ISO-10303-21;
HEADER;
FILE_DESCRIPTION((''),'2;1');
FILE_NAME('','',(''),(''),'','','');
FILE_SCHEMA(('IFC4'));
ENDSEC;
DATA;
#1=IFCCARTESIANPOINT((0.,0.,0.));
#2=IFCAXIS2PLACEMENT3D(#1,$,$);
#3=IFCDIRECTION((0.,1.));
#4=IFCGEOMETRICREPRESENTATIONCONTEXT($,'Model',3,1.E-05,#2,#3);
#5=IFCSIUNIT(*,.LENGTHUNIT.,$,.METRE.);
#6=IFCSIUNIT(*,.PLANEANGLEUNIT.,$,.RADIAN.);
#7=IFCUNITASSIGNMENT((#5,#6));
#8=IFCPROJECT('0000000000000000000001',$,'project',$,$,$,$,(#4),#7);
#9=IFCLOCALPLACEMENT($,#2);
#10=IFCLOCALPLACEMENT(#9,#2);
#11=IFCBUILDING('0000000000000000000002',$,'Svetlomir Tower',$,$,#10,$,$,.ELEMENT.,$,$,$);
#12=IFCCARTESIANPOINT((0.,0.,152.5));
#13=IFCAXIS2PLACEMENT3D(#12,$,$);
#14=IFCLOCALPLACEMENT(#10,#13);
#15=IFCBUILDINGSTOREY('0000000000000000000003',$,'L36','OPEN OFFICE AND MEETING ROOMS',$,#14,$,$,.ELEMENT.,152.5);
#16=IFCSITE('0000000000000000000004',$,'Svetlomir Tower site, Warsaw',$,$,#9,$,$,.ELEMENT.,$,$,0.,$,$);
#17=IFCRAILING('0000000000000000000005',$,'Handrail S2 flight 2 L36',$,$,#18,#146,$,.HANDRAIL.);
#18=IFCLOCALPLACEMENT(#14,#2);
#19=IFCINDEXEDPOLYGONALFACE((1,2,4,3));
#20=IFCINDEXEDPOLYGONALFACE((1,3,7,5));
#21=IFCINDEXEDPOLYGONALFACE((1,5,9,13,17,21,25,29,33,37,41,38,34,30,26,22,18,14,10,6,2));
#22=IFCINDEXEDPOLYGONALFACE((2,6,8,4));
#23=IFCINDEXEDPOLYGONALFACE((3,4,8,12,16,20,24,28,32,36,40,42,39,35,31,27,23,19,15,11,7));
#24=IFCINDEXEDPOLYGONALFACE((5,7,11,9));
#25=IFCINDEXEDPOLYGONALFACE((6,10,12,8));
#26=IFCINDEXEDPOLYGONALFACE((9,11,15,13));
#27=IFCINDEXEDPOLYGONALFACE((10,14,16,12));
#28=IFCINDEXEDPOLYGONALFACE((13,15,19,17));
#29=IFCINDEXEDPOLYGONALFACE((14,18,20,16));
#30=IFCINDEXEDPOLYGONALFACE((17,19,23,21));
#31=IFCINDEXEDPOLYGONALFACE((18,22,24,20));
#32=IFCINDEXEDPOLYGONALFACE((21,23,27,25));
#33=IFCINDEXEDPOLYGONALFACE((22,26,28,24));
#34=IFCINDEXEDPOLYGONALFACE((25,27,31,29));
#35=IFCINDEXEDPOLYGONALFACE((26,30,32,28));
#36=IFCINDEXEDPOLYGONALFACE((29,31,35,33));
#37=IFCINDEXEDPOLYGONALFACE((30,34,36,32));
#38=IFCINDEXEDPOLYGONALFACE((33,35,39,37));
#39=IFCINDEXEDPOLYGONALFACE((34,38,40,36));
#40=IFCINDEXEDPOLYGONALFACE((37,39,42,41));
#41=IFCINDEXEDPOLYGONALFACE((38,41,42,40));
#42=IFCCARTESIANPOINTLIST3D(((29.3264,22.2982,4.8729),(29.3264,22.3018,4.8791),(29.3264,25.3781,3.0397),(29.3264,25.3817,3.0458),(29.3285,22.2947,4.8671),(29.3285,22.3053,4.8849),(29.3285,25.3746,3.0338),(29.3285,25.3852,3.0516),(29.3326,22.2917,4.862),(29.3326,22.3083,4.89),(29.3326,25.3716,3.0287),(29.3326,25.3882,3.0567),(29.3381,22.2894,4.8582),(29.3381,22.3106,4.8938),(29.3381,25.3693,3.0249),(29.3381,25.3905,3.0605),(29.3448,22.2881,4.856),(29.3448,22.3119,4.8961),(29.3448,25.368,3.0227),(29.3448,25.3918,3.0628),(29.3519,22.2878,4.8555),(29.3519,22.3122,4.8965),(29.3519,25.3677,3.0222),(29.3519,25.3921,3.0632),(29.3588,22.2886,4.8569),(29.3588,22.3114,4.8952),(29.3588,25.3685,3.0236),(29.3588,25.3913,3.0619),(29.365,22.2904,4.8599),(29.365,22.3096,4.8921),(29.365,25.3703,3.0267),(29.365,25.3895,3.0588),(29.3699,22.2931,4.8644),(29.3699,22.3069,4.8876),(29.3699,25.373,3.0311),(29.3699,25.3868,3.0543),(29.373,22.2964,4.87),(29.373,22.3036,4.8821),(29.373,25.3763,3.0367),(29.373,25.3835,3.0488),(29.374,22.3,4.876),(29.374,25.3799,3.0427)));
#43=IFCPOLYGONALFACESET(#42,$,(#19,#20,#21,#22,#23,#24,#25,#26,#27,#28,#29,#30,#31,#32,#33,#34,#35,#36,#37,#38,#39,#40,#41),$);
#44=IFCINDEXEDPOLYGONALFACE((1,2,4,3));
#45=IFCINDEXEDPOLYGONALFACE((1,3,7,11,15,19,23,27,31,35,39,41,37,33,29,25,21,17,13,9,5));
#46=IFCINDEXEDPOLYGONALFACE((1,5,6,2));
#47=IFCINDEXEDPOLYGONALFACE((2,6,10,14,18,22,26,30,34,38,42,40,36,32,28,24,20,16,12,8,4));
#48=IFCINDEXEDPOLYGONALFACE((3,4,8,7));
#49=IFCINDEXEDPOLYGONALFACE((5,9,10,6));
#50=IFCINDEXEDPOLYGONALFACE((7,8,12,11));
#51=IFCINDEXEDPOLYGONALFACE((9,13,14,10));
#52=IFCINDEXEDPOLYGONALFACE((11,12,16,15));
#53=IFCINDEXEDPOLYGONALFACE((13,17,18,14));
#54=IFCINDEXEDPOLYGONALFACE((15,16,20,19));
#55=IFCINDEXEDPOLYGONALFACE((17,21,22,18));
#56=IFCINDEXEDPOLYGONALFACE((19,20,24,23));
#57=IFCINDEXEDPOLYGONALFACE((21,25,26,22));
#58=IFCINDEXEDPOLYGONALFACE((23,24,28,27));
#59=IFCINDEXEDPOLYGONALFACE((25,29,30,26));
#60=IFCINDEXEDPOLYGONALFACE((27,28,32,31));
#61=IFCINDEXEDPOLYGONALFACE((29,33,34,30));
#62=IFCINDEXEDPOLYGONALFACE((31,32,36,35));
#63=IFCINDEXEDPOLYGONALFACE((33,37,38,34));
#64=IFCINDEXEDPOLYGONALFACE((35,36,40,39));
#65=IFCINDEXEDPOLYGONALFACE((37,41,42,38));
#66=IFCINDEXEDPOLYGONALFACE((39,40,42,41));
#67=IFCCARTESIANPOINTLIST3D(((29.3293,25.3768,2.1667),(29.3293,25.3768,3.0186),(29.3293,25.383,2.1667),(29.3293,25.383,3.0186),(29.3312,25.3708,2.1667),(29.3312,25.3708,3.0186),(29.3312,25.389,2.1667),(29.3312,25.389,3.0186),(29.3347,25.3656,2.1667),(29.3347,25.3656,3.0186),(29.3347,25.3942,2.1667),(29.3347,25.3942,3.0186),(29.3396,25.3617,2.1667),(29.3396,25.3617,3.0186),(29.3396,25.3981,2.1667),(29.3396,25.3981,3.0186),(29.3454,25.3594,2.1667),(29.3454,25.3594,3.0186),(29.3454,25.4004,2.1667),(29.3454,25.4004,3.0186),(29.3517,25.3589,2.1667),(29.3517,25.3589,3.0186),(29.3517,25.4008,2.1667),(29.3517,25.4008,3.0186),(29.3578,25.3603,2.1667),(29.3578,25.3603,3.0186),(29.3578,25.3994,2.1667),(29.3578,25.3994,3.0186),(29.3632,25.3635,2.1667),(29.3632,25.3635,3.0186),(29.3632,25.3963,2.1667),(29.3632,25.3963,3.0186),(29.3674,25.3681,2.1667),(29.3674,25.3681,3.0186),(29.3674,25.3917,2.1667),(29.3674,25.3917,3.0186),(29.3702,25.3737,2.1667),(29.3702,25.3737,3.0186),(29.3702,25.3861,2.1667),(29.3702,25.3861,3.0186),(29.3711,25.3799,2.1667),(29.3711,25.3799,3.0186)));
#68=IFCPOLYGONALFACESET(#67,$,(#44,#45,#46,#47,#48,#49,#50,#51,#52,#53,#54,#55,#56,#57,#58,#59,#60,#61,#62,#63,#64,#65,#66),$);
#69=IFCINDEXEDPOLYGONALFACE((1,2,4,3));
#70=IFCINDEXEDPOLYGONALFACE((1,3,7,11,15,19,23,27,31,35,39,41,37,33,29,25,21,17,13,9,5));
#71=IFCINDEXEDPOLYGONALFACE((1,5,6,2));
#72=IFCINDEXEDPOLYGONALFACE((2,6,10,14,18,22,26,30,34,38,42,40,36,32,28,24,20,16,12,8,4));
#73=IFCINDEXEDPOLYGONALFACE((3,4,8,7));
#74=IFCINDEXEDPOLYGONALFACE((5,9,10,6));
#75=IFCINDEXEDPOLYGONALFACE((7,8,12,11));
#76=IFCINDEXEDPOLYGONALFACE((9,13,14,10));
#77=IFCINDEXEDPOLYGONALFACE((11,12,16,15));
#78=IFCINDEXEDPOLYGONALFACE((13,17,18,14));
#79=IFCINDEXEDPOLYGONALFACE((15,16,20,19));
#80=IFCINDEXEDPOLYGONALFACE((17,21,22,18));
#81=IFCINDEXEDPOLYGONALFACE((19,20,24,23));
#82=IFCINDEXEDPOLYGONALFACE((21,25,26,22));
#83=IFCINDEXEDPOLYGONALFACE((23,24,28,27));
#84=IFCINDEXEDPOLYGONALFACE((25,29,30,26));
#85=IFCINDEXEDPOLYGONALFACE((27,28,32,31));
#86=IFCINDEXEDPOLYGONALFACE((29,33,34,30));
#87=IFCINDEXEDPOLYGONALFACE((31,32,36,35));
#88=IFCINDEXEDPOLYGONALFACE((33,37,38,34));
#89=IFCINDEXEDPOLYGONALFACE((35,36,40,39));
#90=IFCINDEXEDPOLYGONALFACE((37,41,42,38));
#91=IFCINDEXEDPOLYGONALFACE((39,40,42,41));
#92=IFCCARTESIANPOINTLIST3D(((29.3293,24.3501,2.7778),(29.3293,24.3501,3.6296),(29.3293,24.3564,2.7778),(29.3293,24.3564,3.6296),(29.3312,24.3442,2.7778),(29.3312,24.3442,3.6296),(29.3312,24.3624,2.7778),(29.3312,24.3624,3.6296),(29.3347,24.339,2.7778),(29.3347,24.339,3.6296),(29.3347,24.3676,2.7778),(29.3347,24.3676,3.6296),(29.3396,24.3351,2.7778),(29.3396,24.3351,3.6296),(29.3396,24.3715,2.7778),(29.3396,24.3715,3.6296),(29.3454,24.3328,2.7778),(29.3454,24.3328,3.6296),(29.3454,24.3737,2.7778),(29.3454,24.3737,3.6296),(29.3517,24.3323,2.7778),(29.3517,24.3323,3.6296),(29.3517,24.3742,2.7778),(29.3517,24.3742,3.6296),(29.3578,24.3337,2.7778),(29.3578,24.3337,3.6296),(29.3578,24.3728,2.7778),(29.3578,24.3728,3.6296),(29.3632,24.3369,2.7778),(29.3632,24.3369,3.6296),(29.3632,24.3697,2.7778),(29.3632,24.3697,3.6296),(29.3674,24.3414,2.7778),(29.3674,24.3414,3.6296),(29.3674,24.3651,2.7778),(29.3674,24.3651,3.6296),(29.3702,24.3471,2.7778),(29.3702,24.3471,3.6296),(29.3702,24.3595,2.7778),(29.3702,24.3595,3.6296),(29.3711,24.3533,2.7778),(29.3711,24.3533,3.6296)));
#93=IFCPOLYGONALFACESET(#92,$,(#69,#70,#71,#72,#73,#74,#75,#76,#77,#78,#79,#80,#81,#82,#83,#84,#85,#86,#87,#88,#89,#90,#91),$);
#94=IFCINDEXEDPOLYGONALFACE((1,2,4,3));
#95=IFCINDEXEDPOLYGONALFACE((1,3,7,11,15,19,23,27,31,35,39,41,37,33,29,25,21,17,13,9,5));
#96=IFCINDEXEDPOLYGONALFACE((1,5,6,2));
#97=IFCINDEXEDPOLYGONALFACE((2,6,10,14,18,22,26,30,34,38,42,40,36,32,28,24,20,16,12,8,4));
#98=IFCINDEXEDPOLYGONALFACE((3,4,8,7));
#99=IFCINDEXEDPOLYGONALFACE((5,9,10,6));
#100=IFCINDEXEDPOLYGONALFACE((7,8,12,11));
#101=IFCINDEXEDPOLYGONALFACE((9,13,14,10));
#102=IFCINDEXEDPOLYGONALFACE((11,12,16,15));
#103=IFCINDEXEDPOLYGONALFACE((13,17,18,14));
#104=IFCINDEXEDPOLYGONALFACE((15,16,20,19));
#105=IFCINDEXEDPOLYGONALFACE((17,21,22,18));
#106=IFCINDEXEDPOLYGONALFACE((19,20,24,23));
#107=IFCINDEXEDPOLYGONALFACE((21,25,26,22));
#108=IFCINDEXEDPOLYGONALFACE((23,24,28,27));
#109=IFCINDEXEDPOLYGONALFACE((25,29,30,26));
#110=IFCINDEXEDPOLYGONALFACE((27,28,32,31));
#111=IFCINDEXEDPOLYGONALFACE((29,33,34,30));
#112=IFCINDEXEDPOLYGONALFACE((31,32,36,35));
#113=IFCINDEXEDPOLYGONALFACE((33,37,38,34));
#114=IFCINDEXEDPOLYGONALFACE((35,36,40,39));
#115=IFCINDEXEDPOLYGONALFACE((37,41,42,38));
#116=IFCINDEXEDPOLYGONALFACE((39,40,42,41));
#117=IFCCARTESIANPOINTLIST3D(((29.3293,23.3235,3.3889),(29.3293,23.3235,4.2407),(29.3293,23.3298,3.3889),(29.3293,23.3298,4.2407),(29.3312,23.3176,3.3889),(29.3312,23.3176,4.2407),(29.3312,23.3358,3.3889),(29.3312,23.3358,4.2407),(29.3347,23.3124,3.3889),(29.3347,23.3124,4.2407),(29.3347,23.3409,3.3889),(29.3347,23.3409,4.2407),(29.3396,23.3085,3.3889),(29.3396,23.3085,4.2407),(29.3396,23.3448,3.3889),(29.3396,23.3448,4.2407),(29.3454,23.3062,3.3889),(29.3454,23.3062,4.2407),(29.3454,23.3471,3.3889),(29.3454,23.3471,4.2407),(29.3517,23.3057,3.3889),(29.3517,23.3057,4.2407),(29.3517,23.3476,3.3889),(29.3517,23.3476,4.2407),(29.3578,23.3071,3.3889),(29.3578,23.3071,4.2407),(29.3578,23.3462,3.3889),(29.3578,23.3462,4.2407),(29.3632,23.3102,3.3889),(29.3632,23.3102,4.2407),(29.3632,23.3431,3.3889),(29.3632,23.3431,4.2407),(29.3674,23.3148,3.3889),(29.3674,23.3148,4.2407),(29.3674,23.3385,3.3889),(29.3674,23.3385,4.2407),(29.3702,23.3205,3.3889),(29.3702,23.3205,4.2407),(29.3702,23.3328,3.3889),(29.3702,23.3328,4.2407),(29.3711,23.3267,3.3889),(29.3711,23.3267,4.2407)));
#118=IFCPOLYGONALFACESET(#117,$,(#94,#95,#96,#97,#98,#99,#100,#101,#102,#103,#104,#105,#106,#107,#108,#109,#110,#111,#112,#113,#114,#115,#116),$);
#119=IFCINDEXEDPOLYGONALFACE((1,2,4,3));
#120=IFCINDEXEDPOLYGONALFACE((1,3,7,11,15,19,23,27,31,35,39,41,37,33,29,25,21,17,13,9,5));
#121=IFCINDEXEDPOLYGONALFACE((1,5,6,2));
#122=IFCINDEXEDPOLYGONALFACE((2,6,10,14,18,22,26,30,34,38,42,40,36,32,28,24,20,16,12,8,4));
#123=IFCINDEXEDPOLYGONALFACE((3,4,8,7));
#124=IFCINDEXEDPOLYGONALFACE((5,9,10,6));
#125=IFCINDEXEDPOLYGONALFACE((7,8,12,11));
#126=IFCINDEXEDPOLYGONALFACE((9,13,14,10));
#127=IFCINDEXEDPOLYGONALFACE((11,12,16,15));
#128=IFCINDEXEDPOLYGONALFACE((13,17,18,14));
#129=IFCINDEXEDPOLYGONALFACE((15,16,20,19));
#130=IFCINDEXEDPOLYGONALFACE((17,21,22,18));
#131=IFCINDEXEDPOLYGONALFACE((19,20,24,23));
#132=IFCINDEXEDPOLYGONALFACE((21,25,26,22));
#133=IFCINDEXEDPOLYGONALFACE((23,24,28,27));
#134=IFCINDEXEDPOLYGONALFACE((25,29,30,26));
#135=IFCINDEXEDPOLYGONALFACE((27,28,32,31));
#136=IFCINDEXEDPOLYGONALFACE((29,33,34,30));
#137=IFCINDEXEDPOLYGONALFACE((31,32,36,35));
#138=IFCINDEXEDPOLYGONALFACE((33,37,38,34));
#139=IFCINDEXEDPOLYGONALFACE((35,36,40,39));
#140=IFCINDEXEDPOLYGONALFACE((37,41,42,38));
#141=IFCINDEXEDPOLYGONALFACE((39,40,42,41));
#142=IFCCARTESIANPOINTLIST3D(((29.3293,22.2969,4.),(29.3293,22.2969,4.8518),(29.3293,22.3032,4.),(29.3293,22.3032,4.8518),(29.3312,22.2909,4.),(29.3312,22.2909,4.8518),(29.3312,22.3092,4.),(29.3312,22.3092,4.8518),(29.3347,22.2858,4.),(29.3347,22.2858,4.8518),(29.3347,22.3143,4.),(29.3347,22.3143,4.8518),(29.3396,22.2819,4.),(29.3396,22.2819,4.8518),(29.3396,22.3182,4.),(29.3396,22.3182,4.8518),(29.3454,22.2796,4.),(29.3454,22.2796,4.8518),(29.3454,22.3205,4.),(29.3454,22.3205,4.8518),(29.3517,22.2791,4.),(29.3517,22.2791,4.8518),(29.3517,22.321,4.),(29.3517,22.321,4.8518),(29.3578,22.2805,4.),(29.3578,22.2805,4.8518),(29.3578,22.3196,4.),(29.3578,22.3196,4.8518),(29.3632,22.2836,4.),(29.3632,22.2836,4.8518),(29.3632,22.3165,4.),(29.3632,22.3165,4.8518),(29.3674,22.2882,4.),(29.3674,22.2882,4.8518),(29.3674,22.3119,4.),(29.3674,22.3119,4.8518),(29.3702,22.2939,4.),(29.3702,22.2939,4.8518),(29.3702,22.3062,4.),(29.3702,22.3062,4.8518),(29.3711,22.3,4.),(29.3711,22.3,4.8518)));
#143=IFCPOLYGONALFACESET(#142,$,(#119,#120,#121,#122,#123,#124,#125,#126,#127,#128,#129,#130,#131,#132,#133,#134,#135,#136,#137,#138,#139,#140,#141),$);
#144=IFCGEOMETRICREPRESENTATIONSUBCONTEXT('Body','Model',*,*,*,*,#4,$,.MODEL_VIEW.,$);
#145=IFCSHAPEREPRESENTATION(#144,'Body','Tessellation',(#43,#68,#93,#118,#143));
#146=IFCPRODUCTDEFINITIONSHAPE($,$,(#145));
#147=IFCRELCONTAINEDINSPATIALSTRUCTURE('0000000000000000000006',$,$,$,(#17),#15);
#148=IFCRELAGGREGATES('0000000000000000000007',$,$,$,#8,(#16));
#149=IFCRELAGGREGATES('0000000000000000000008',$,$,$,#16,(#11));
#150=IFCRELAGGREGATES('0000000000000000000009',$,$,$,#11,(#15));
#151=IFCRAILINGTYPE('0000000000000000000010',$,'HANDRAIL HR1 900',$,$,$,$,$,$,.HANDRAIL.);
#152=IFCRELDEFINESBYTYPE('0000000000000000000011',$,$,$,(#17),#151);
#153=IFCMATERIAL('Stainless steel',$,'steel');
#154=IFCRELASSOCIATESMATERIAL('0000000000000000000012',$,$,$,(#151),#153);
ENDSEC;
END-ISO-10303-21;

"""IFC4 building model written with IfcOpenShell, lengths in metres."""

from ifc_helpers import new_model, si_unit, direction, frame, origin, origin_2d, place, context, subcontext, project, spatial, circle, extrude, material, type_object, element, save


model = new_model("IFC4")

# Units and contexts
model_context = context("Model", 3, precision=1e-05, world=origin(), true_north=direction((0.0, 1.0)))
body_context = subcontext(model_context, "Body", "Model", "MODEL_VIEW")
ifc_project = project(units=[si_unit("LENGTHUNIT", "METRE"), si_unit("PLANEANGLEUNIT", "RADIAN")], contexts=[model_context])

# Site, building, storey
site_placement = place(None, origin())
site = spatial("IfcSite", under=ifc_project, at=site_placement, Name="Svetlomir Tower site, Warsaw", CompositionType="ELEMENT", RefElevation=0.0)
building_placement = place(site_placement, origin())
building = spatial("IfcBuilding", under=site, at=building_placement, Name="Svetlomir Tower", CompositionType="ELEMENT")
storey_placement = place(building_placement, frame((0.0, 0.0, 152.5)))
storey = spatial("IfcBuildingStorey", under=building, at=storey_placement, Name="L36", Description="OPEN OFFICE AND MEETING ROOMS", CompositionType="ELEMENT", Elevation=152.5)

# Railing
ifc_material_1 = material(Name="Stainless steel", Category="steel")
railing_type = type_object("IfcRailingType", Name="HANDRAIL HR1 900", PredefinedType="HANDRAIL", material=ifc_material_1)
railing_1_placement = place(storey_placement, frame((29.3501, 25.3799, 2.1667)))
element("IfcRailing", 1, at=railing_1_placement, inside=storey, type_object=railing_type, Name="Handrail S2 flight 2 L36", PredefinedType="HANDRAIL", context=body_context, shape_type="SweptSolid", body=[
    extrude(circle(Radius=0.0239, at=origin_2d()), frame((0.0, 0.0, 0.876), z_axis=(0.0, -0.859291, 0.511487), x_axis=(1.0, 0.0, 0.0)), (0.0, 0.0, 1.0), 3.5842),
    extrude(circle(Radius=0.021, at=origin_2d()), origin(), (0.0, 0.0, 1.0), 0.8518),
    extrude(circle(Radius=0.021, at=origin_2d()), frame((0.0, -1.0266, 0.6111)), (0.0, 0.0, 1.0), 0.8518),
    extrude(circle(Radius=0.021, at=origin_2d()), frame((0.0, -2.0532, 1.2222)), (0.0, 0.0, 1.0), 0.8518),
    extrude(circle(Radius=0.021, at=origin_2d()), frame((0.0, -3.0798, 1.8333)), (0.0, 0.0, 1.0), 0.8518),
])

save(model, "model.ifc")
